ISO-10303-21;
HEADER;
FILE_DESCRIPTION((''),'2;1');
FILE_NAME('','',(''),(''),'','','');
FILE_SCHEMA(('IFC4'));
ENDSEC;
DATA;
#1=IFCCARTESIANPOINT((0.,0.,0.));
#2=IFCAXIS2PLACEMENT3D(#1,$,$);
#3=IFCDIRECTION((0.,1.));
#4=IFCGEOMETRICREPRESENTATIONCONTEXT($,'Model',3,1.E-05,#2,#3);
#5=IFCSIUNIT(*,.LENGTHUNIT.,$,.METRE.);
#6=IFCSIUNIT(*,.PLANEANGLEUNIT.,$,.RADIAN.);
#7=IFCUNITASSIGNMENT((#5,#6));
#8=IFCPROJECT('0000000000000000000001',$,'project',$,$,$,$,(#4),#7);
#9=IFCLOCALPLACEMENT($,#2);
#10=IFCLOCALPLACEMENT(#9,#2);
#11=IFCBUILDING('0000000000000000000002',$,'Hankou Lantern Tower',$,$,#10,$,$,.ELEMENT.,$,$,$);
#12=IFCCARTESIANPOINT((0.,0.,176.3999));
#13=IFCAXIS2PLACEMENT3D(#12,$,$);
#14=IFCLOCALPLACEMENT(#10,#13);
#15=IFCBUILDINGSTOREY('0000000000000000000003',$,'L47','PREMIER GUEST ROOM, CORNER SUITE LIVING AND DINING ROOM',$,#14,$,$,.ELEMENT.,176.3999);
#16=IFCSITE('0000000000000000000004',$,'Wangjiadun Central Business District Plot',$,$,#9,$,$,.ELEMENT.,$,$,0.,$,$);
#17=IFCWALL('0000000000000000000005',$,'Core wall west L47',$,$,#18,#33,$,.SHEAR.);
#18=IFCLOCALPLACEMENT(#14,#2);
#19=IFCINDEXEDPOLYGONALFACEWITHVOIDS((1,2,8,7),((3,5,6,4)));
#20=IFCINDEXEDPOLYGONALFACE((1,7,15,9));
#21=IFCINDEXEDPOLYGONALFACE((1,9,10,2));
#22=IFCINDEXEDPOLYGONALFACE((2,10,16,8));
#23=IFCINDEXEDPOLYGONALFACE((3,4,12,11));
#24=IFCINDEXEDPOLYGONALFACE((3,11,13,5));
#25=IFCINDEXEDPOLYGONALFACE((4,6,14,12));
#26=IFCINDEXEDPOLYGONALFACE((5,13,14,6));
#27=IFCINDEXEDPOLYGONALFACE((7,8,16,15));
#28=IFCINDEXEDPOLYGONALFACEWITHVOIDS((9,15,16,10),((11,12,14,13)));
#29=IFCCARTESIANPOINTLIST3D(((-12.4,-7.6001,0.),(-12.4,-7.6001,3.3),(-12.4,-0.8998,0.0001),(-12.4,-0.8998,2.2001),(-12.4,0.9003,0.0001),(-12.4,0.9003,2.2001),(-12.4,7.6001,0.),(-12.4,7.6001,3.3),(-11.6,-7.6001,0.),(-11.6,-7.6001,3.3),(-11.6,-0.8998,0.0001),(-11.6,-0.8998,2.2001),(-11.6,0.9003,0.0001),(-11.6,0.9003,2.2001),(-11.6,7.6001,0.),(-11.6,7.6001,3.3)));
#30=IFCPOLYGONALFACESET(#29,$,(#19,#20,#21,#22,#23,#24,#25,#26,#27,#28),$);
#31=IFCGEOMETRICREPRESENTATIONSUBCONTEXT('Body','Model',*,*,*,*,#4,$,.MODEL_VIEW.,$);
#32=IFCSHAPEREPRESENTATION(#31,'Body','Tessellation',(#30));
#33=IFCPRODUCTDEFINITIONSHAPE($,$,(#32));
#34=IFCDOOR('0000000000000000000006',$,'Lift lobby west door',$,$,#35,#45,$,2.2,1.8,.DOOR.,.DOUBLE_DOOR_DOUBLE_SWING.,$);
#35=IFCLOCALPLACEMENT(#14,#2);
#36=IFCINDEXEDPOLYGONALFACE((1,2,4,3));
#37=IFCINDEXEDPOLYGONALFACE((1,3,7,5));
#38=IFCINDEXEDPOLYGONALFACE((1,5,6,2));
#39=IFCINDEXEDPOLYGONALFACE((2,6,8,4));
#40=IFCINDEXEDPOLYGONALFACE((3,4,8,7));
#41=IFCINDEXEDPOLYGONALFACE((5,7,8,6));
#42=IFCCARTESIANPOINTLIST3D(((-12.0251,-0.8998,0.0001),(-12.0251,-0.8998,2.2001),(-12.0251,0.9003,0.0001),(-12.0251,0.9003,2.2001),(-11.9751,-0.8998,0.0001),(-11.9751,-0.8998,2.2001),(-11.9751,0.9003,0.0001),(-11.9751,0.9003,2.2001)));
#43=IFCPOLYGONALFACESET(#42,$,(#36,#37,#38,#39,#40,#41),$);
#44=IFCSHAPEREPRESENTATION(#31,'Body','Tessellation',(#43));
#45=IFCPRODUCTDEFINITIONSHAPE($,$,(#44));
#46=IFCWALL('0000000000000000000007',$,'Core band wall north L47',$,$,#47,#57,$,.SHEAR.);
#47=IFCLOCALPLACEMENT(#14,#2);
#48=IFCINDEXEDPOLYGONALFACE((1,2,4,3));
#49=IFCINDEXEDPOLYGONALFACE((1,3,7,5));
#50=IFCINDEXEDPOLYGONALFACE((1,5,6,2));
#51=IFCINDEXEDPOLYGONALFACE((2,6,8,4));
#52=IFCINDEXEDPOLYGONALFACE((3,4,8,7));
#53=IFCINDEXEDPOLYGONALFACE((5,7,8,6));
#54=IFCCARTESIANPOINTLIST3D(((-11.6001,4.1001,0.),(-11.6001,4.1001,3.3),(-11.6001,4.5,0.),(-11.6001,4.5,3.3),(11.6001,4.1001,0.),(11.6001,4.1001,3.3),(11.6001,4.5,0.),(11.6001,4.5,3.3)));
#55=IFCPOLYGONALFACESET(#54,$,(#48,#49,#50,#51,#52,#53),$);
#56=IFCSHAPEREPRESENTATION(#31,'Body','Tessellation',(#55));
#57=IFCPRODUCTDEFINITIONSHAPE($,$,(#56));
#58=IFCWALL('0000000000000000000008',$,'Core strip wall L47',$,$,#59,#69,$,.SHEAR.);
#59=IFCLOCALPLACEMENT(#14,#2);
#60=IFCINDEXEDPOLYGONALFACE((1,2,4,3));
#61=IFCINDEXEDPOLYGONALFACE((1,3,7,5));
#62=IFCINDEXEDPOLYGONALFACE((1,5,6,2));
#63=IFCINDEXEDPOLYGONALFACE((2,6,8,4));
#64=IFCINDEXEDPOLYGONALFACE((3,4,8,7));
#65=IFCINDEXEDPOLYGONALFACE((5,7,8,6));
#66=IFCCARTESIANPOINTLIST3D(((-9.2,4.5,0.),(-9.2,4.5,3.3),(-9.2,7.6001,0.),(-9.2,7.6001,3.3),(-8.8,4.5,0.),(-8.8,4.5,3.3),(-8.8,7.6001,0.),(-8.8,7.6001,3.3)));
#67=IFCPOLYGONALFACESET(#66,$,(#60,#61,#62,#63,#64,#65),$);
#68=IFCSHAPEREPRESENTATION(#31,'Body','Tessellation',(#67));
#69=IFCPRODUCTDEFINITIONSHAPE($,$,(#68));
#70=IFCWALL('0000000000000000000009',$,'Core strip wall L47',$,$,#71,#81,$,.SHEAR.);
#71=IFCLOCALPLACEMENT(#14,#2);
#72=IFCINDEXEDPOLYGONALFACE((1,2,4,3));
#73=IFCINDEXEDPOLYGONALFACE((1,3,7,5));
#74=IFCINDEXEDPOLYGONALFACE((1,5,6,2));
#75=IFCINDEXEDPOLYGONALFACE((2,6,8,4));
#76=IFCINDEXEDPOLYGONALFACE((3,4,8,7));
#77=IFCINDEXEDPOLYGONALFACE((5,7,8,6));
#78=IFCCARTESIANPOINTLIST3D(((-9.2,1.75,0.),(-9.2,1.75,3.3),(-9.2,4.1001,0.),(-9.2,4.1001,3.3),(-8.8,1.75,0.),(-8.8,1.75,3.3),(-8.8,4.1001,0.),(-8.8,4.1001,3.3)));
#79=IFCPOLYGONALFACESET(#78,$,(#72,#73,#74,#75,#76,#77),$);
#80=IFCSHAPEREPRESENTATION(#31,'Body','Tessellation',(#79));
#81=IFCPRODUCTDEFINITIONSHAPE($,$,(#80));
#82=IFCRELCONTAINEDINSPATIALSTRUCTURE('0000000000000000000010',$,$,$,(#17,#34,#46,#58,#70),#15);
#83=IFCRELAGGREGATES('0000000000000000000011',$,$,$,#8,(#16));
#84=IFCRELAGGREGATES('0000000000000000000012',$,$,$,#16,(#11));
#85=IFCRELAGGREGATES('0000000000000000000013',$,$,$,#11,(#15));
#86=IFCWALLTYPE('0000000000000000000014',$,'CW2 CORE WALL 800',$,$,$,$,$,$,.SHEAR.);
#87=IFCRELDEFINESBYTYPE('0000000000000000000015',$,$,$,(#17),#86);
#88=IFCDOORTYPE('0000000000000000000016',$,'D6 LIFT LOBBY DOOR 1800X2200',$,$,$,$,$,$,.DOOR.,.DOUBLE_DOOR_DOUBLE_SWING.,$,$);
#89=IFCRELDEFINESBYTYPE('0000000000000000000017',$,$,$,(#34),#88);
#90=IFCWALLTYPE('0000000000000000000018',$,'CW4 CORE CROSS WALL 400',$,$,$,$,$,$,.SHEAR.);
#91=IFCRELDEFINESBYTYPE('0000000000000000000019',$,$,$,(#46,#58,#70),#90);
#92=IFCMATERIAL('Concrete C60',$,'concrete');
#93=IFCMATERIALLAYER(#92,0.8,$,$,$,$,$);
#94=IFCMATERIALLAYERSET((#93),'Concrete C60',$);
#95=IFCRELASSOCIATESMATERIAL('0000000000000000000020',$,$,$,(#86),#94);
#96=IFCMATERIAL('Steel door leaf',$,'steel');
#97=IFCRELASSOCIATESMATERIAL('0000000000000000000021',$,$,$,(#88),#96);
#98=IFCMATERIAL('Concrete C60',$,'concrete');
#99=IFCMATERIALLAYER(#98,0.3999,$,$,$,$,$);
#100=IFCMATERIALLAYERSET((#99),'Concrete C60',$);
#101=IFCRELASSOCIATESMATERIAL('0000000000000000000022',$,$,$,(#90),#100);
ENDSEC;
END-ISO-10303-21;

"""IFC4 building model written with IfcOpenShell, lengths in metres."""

from ifc_helpers import new_model, si_unit, direction, frame, frame_2d, origin, place, context, subcontext, project, spatial, rectangle, extrude, material, layer, layer_set, type_object, element, fill, save


model = new_model("IFC4")

# Units and contexts
model_context = context("Model", 3, precision=1e-05, world=origin(), true_north=direction((0.0, 1.0)))
body_context = subcontext(model_context, "Body", "Model", "MODEL_VIEW")
ifc_project = project(units=[si_unit("LENGTHUNIT", "METRE"), si_unit("PLANEANGLEUNIT", "RADIAN")], contexts=[model_context])

# Site, building, storey
site_placement = place(None, origin())
site = spatial("IfcSite", under=ifc_project, at=site_placement, Name="Wangjiadun Central Business District Plot", CompositionType="ELEMENT", RefElevation=0.0)
building_placement = place(site_placement, origin())
building = spatial("IfcBuilding", under=site, at=building_placement, Name="Hankou Lantern Tower", CompositionType="ELEMENT")
storey_placement = place(building_placement, frame((0.0, 0.0, 176.3999)))
storey = spatial("IfcBuildingStorey", under=building, at=storey_placement, Name="L47", Description="PREMIER GUEST ROOM, CORNER SUITE LIVING AND DINING ROOM", CompositionType="ELEMENT", Elevation=176.3999)

# Wall, opening, door
ifc_material_1 = material(Name="Concrete C60", Category="concrete")
ifc_layer_1 = layer(ifc_material_1, 0.8)
ifc_layer_set_1 = layer_set([ifc_layer_1], Name="Concrete C60")
wall_type_1 = type_object("IfcWallType", Name="CW2 CORE WALL 800", PredefinedType="SHEAR", material=ifc_layer_set_1)
wall_1_placement = place(storey_placement, frame((-12.0, 7.6001, 0.0), z_axis=(0.0, 0.0, 1.0), x_axis=(0.0, -1.0, 0.0)))
wall_1 = element("IfcWall", 1, at=wall_1_placement, inside=storey, type_object=wall_type_1, Name="Core wall west L47", PredefinedType="SHEAR", context=body_context, shape_type="SweptSolid", body=[
    extrude(rectangle(XDim=15.2002, YDim=0.8, at=frame_2d((7.6001, 0.0))), origin(), (0.0, 0.0, 1.0), 3.3),
])
opening_1_placement = place(wall_1_placement, frame((6.7, 0.0, 0.0)))
opening_1 = element("IfcOpeningElement", 2, at=opening_1_placement, cuts=wall_1, PredefinedType="OPENING", context=body_context, shape_type="SweptSolid", body=[
    extrude(rectangle(XDim=1.8, YDim=2.2, at=frame_2d((0.8999, 1.1001))), frame((0.0, 0.4099, 0.0), z_axis=(0.0, -1.0, 0.0), x_axis=(1.0, 0.0, 0.0)), (0.0, 0.0, 1.0), 0.8201),
])
ifc_material_2 = material(Name="Steel door leaf", Category="steel")
door_type_1 = type_object("IfcDoorType", Name="D6 LIFT LOBBY DOOR 1800X2200", OperationType="DOUBLE_DOOR_DOUBLE_SWING", PredefinedType="DOOR", material=ifc_material_2)
door_1_placement = place(opening_1_placement, origin())
door_1 = element("IfcDoor", 3, at=door_1_placement, inside=storey, type_object=door_type_1, Name="Lift lobby west door", OperationType="DOUBLE_DOOR_DOUBLE_SWING", OverallHeight=2.2, OverallWidth=1.8, PredefinedType="DOOR", context=body_context, shape_type="SweptSolid", body=[
    extrude(rectangle(XDim=1.8, YDim=2.2, at=frame_2d((0.8999, 1.1001))), frame((0.0, 0.0249, 0.0), z_axis=(0.0, -1.0, 0.0), x_axis=(1.0, 0.0, 0.0)), (0.0, 0.0, 1.0), 0.05),
])
fill(opening_1, door_1)

# Walls
ifc_material_3 = material(Name="Concrete C60", Category="concrete")
ifc_layer_2 = layer(ifc_material_3, 0.3999)
ifc_layer_set_2 = layer_set([ifc_layer_2], Name="Concrete C60")
wall_type_2 = type_object("IfcWallType", Name="CW4 CORE CROSS WALL 400", PredefinedType="SHEAR", material=ifc_layer_set_2)
wall_2_placement = place(storey_placement, frame((-11.6001, 4.3, 0.0), z_axis=(0.0, 0.0, 1.0), x_axis=(1.0, 0.0, 0.0)))
element("IfcWall", 4, at=wall_2_placement, inside=storey, type_object=wall_type_2, Name="Core band wall north L47", PredefinedType="SHEAR", context=body_context, shape_type="SweptSolid", body=[
    extrude(rectangle(XDim=23.2002, YDim=0.3999, at=frame_2d((11.6001, 0.0))), origin(), (0.0, 0.0, 1.0), 3.3),
])
wall_3_placement = place(storey_placement, frame((-9.0, 4.5, 0.0), z_axis=(0.0, 0.0, 1.0), x_axis=(0.0, 1.0, 0.0)))
element("IfcWall", 5, at=wall_3_placement, inside=storey, type_object=wall_type_2, Name="Core strip wall L47", PredefinedType="SHEAR", context=body_context, shape_type="SweptSolid", body=[
    extrude(rectangle(XDim=3.1001, YDim=0.3999, at=frame_2d((1.55, 0.0))), origin(), (0.0, 0.0, 1.0), 3.3),
])
wall_4_placement = place(storey_placement, frame((-9.0, 1.75, 0.0), z_axis=(0.0, 0.0, 1.0), x_axis=(0.0, 1.0, 0.0)))
element("IfcWall", 6, at=wall_4_placement, inside=storey, type_object=wall_type_2, Name="Core strip wall L47", PredefinedType="SHEAR", context=body_context, shape_type="SweptSolid", body=[
    extrude(rectangle(XDim=2.3501, YDim=0.3999, at=frame_2d((1.175, 0.0))), origin(), (0.0, 0.0, 1.0), 3.3),
])

save(model, "model.ifc")
